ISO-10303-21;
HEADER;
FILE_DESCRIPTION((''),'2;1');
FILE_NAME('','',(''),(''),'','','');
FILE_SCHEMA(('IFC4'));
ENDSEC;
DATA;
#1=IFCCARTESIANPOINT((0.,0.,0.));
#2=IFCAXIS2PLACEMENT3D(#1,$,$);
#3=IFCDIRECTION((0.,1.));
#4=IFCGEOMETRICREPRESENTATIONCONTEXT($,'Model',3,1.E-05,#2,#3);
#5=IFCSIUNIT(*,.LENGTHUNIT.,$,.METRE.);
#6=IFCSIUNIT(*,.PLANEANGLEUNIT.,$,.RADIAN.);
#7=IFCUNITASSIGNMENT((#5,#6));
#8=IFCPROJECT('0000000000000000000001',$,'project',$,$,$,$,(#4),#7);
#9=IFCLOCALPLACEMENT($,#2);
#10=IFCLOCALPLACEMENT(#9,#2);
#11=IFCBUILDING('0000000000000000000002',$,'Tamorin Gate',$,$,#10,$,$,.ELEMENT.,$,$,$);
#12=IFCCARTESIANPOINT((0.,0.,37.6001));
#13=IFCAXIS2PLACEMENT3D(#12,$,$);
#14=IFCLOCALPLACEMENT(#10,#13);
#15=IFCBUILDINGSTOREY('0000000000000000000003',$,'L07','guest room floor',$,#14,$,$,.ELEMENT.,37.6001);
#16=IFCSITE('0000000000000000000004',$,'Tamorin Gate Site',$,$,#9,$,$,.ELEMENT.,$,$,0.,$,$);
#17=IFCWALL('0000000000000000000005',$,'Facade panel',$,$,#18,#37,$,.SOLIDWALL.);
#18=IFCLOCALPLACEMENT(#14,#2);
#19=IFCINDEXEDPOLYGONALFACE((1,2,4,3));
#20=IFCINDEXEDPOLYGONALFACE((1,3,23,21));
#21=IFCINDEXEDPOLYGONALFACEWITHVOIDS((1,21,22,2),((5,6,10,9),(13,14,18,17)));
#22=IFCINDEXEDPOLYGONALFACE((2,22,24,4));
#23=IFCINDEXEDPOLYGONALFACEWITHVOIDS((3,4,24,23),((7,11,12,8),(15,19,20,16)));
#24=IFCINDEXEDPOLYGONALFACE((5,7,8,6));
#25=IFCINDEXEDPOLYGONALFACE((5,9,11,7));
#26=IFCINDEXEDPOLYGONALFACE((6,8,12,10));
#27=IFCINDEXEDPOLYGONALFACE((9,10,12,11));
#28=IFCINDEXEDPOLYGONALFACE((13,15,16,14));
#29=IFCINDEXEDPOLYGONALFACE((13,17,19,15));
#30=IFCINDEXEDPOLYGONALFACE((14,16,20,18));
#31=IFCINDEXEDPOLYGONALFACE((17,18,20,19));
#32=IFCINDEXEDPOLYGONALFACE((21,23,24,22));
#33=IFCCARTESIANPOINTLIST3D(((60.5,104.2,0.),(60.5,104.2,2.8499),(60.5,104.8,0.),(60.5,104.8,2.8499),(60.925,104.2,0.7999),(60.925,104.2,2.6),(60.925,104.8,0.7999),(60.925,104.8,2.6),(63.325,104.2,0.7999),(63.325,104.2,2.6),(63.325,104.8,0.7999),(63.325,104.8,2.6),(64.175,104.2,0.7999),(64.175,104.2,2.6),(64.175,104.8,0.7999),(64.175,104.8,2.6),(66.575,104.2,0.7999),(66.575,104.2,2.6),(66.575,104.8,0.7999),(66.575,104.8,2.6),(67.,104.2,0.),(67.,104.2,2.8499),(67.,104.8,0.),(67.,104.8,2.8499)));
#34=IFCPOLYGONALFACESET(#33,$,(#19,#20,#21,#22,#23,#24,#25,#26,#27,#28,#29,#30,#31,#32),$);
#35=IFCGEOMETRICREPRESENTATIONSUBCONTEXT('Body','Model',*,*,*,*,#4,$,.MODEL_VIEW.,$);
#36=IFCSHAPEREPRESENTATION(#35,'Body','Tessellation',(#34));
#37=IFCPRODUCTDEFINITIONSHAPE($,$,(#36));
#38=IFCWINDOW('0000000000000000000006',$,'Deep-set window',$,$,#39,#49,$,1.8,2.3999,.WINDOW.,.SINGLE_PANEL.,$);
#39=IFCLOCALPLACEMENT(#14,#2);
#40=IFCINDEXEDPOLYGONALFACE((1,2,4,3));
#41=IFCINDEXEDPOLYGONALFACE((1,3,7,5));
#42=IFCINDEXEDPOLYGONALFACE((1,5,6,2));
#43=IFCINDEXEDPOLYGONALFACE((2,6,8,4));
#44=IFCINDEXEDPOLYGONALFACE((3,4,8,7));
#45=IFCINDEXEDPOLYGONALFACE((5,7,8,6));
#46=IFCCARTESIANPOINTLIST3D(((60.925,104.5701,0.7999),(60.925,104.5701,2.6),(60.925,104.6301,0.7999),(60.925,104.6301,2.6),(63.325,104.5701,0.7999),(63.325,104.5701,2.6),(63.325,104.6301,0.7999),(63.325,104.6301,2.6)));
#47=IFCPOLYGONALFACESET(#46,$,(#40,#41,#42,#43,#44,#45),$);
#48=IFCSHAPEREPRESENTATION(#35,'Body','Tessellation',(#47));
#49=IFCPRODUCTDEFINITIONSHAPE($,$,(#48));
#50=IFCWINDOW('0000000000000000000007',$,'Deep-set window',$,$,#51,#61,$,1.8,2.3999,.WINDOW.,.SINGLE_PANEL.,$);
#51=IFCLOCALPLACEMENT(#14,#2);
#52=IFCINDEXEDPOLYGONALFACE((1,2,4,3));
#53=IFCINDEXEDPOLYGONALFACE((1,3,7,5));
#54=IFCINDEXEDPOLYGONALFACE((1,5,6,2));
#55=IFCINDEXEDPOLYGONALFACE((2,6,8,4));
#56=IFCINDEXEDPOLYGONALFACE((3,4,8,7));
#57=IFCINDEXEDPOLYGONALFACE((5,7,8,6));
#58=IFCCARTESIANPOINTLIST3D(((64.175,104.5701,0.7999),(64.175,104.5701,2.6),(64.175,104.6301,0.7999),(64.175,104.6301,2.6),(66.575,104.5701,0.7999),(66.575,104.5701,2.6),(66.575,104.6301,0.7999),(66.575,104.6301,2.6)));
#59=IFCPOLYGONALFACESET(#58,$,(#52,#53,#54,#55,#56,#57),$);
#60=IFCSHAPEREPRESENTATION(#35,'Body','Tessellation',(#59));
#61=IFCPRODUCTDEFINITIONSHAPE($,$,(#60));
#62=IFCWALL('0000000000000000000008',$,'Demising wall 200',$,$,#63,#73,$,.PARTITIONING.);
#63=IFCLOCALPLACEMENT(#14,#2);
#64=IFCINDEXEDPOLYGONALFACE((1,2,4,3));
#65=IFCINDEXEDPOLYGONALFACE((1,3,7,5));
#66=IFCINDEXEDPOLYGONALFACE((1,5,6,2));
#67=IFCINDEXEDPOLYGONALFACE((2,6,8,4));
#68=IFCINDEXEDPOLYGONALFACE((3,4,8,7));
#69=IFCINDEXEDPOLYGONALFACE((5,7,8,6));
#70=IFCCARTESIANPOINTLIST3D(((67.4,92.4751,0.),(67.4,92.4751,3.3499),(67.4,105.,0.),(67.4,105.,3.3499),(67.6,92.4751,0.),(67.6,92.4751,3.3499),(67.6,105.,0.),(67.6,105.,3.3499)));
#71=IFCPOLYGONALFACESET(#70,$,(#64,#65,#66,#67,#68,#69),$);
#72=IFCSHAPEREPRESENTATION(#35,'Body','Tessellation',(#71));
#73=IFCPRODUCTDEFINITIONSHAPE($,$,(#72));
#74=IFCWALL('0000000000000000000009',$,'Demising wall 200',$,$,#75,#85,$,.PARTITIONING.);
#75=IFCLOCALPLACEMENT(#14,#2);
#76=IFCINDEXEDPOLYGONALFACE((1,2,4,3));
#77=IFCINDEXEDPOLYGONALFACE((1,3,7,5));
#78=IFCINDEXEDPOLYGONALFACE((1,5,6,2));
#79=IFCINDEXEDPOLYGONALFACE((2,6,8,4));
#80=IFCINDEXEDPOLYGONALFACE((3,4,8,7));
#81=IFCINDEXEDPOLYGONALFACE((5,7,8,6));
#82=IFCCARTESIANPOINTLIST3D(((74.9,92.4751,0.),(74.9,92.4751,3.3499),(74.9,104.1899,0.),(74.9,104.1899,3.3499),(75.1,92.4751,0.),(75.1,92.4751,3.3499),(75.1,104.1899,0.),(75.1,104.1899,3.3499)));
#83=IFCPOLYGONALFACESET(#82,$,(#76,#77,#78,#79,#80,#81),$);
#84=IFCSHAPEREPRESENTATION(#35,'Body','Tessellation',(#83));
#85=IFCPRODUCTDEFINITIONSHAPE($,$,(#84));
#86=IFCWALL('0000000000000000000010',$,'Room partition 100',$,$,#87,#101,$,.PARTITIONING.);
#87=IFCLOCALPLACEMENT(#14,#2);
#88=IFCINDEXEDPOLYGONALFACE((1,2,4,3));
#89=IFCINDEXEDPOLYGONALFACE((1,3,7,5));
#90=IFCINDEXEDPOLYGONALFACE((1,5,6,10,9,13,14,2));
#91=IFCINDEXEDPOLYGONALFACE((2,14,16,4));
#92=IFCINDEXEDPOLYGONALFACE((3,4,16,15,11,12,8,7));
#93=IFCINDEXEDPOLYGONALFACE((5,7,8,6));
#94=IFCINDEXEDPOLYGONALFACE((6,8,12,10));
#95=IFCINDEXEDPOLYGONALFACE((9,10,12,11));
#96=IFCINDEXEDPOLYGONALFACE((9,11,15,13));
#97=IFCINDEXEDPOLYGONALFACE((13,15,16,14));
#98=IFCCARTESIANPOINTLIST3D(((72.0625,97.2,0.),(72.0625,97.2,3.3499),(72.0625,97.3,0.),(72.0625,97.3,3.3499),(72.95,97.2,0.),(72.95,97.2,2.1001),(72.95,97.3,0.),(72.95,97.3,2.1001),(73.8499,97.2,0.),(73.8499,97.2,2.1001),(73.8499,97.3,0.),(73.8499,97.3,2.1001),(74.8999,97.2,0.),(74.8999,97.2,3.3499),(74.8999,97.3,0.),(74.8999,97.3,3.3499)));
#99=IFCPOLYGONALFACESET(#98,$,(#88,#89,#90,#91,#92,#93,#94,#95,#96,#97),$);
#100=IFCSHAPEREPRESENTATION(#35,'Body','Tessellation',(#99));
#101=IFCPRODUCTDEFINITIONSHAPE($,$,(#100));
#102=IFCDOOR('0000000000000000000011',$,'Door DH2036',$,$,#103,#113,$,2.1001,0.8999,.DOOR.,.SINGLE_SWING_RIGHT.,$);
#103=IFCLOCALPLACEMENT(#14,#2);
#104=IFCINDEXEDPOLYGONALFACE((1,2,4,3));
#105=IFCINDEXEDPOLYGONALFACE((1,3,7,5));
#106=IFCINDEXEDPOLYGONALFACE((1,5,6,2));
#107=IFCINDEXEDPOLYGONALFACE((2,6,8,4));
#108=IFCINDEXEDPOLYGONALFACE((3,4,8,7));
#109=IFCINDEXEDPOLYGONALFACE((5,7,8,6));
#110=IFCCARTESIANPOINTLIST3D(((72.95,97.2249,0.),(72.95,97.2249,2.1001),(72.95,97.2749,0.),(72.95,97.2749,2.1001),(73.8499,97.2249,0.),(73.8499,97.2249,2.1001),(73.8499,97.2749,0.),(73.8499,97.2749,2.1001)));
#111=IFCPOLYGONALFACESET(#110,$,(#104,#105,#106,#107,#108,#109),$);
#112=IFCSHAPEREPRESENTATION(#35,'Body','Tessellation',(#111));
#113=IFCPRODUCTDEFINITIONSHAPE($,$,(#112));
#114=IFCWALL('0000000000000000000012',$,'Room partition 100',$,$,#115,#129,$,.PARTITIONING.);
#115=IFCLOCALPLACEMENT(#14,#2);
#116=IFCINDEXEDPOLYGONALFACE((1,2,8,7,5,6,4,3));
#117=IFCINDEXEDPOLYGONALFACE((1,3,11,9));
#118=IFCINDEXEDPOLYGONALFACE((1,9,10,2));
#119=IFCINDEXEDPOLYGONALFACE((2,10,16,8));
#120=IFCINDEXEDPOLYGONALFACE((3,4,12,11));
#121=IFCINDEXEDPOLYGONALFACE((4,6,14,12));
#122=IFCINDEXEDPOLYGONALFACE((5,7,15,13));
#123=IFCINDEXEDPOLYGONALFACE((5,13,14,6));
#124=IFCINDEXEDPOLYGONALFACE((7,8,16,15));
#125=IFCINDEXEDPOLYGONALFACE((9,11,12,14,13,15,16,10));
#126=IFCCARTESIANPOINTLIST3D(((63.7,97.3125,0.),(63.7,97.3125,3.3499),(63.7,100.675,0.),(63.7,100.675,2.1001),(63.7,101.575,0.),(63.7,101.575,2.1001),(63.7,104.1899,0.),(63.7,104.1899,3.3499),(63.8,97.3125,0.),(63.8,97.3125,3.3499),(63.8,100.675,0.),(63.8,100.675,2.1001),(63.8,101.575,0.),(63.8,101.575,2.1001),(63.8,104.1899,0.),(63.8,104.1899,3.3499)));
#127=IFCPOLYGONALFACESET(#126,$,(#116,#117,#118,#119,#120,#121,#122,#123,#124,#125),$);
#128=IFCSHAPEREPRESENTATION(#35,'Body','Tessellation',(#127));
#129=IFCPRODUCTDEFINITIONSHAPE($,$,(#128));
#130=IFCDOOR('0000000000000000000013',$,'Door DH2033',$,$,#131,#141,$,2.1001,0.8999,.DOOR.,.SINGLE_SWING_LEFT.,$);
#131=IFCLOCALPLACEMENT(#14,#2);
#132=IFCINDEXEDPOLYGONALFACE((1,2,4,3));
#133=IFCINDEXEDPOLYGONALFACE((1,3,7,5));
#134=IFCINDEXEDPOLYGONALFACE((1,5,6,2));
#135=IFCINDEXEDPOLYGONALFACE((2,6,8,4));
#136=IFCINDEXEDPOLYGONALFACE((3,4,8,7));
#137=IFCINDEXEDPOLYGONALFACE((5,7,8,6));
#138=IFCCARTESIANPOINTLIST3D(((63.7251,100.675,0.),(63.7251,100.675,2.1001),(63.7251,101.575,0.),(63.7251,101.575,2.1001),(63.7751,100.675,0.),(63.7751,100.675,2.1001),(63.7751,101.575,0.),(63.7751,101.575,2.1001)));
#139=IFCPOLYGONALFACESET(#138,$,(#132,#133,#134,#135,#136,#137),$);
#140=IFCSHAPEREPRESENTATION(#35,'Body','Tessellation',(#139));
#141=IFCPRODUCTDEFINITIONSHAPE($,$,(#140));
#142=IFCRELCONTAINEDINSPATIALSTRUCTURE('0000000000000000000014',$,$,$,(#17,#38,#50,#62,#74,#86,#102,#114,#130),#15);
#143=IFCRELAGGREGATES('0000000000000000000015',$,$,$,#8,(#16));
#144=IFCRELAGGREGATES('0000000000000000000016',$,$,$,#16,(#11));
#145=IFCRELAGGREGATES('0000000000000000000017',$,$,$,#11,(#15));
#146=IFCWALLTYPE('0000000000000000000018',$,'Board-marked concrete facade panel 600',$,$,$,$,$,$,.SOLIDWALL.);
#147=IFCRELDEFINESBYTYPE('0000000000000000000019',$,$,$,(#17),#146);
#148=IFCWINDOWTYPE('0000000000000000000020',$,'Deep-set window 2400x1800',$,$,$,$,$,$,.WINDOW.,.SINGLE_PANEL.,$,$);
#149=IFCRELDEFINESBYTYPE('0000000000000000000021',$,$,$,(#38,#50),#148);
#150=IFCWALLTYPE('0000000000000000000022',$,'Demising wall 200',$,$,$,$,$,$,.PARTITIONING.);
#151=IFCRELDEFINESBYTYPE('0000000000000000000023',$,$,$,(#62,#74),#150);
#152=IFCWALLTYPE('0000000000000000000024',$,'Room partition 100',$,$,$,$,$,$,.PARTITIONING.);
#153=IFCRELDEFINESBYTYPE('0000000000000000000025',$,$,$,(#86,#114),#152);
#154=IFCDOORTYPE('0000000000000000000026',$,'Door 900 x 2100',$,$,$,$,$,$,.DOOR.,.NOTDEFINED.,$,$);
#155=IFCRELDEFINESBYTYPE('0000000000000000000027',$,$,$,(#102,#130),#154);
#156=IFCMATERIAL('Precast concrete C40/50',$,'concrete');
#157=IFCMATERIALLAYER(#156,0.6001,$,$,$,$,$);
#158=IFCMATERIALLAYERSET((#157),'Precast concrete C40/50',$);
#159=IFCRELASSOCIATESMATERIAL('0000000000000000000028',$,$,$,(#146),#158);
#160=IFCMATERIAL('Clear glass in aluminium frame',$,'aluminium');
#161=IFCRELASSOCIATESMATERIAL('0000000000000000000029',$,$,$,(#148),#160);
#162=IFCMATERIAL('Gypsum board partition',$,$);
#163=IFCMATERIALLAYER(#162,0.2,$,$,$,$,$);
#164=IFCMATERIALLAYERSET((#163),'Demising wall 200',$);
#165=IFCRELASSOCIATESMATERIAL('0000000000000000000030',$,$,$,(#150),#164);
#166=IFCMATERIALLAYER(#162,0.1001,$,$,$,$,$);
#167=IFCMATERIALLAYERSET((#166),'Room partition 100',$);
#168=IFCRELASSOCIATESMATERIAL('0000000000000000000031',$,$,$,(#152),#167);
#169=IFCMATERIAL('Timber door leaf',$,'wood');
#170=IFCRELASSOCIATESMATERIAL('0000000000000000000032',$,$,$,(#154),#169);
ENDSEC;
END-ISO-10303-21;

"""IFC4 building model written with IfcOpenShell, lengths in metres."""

from ifc_helpers import new_model, si_unit, direction, frame, frame_2d, origin, place, context, subcontext, project, spatial, rectangle, extrude, material, layer, layer_set, type_object, element, fill, save


model = new_model("IFC4")

# Units and contexts
model_context = context("Model", 3, precision=1e-05, world=origin(), true_north=direction((0.0, 1.0)))
body_context = subcontext(model_context, "Body", "Model", "MODEL_VIEW")
ifc_project = project(units=[si_unit("LENGTHUNIT", "METRE"), si_unit("PLANEANGLEUNIT", "RADIAN")], contexts=[model_context])

# Site, building, storey
site_placement = place(None, origin())
site = spatial("IfcSite", under=ifc_project, at=site_placement, Name="Tamorin Gate Site", CompositionType="ELEMENT", RefElevation=0.0)
building_placement = place(site_placement, origin())
building = spatial("IfcBuilding", under=site, at=building_placement, Name="Tamorin Gate", CompositionType="ELEMENT")
storey_placement = place(building_placement, frame((0.0, 0.0, 37.6001)))
storey = spatial("IfcBuildingStorey", under=building, at=storey_placement, Name="L07", Description="guest room floor", CompositionType="ELEMENT", Elevation=37.6001)

# Wall, openings, windows
ifc_material_1 = material(Name="Precast concrete C40/50", Category="concrete")
ifc_layer_1 = layer(ifc_material_1, 0.6001)
ifc_layer_set_1 = layer_set([ifc_layer_1], Name="Precast concrete C40/50")
wall_type_1 = type_object("IfcWallType", Name="Board-marked concrete facade panel 600", PredefinedType="SOLIDWALL", material=ifc_layer_set_1)
ifc_material_2 = material(Name="Clear glass in aluminium frame", Category="aluminium")
window_type = type_object("IfcWindowType", Name="Deep-set window 2400x1800", PartitioningType="SINGLE_PANEL", PredefinedType="WINDOW", material=ifc_material_2)
wall_1_placement = place(storey_placement, frame((67.0, 104.5, 0.0), z_axis=(0.0, 0.0, 1.0), x_axis=(-1.0, 0.0, 0.0)))
wall_1 = element("IfcWall", 1, at=wall_1_placement, inside=storey, type_object=wall_type_1, Name="Facade panel", PredefinedType="SOLIDWALL", context=body_context, shape_type="SweptSolid", body=[
    extrude(rectangle(XDim=6.5, YDim=0.6001, at=frame_2d((3.25, 0.0))), origin(), (0.0, 0.0, 1.0), 2.8499),
])
opening_1_placement = place(wall_1_placement, frame((3.675, 0.0, 0.8)))
opening_1 = element("IfcOpeningElement", 2, at=opening_1_placement, cuts=wall_1, PredefinedType="OPENING", context=body_context, shape_type="SweptSolid", body=[
    extrude(rectangle(XDim=2.3999, YDim=1.8, at=frame_2d((1.2, 0.8999))), frame((0.0, 0.3101, 0.0), z_axis=(0.0, -1.0, 0.0), x_axis=(1.0, 0.0, 0.0)), (0.0, 0.0, 1.0), 0.6201),
])
opening_2_placement = place(wall_1_placement, frame((0.425, 0.0, 0.8)))
opening_2 = element("IfcOpeningElement", 3, at=opening_2_placement, cuts=wall_1, PredefinedType="OPENING", context=body_context, shape_type="SweptSolid", body=[
    extrude(rectangle(XDim=2.3999, YDim=1.8, at=frame_2d((1.2, 0.8999))), frame((0.0, 0.3101, 0.0), z_axis=(0.0, -1.0, 0.0), x_axis=(1.0, 0.0, 0.0)), (0.0, 0.0, 1.0), 0.6201),
])
window_1_placement = place(opening_1_placement, origin())
window_1 = element("IfcWindow", 4, at=window_1_placement, inside=storey, type_object=window_type, Name="Deep-set window", OverallHeight=1.8, OverallWidth=2.3999, PartitioningType="SINGLE_PANEL", PredefinedType="WINDOW", context=body_context, shape_type="SweptSolid", body=[
    extrude(rectangle(XDim=2.3999, YDim=1.8, at=frame_2d((1.2, 0.8999))), frame((0.0, -0.0701, 0.0), z_axis=(0.0, -1.0, 0.0), x_axis=(1.0, 0.0, 0.0)), (0.0, 0.0, 1.0), 0.0601),
])
fill(opening_1, window_1)
window_2_placement = place(opening_2_placement, origin())
window_2 = element("IfcWindow", 5, at=window_2_placement, inside=storey, type_object=window_type, Name="Deep-set window", OverallHeight=1.8, OverallWidth=2.3999, PartitioningType="SINGLE_PANEL", PredefinedType="WINDOW", context=body_context, shape_type="SweptSolid", body=[
    extrude(rectangle(XDim=2.3999, YDim=1.8, at=frame_2d((1.2, 0.8999))), frame((0.0, -0.0701, 0.0), z_axis=(0.0, -1.0, 0.0), x_axis=(1.0, 0.0, 0.0)), (0.0, 0.0, 1.0), 0.0601),
])
fill(opening_2, window_2)

# Walls
ifc_material_3 = material(Name="Gypsum board partition")
ifc_layer_2 = layer(ifc_material_3, 0.2)
ifc_layer_set_2 = layer_set([ifc_layer_2], Name="Demising wall 200")
wall_type_2 = type_object("IfcWallType", Name="Demising wall 200", PredefinedType="PARTITIONING", material=ifc_layer_set_2)
wall_2_placement = place(storey_placement, frame((67.5, 92.4751, 0.0), z_axis=(0.0, 0.0, 1.0), x_axis=(0.0, 1.0, 0.0)))
element("IfcWall", 6, at=wall_2_placement, inside=storey, type_object=wall_type_2, Name="Demising wall 200", PredefinedType="PARTITIONING", context=body_context, shape_type="SweptSolid", body=[
    extrude(rectangle(XDim=12.5249, YDim=0.2, at=frame_2d((6.2625, 0.0))), origin(), (0.0, 0.0, 1.0), 3.3499),
])
wall_3_placement = place(storey_placement, frame((75.0, 92.4751, 0.0), z_axis=(0.0, 0.0, 1.0), x_axis=(0.0, 1.0, 0.0)))
element("IfcWall", 7, at=wall_3_placement, inside=storey, type_object=wall_type_2, Name="Demising wall 200", PredefinedType="PARTITIONING", context=body_context, shape_type="SweptSolid", body=[
    extrude(rectangle(XDim=11.7148, YDim=0.2, at=frame_2d((5.8574, 0.0))), origin(), (0.0, 0.0, 1.0), 3.3499),
])

# Walls, openings, doors
ifc_layer_3 = layer(ifc_material_3, 0.1001)
ifc_layer_set_3 = layer_set([ifc_layer_3], Name="Room partition 100")
wall_type_3 = type_object("IfcWallType", Name="Room partition 100", PredefinedType="PARTITIONING", material=ifc_layer_set_3)
wall_4_placement = place(storey_placement, frame((72.0625, 97.25, 0.0), z_axis=(0.0, 0.0, 1.0), x_axis=(1.0, 0.0, 0.0)))
wall_4 = element("IfcWall", 8, at=wall_4_placement, inside=storey, type_object=wall_type_3, Name="Room partition 100", PredefinedType="PARTITIONING", context=body_context, shape_type="SweptSolid", body=[
    extrude(rectangle(XDim=2.8374, YDim=0.1001, at=frame_2d((1.4187, 0.0))), origin(), (0.0, 0.0, 1.0), 3.3499),
])
opening_3_placement = place(wall_4_placement, frame((0.8875, 0.0, 0.0)))
opening_3 = element("IfcOpeningElement", 9, at=opening_3_placement, cuts=wall_4, PredefinedType="OPENING", context=body_context, shape_type="SweptSolid", body=[
    extrude(rectangle(XDim=0.8999, YDim=2.1001, at=frame_2d((0.45, 1.05))), frame((0.0, 0.0601, 0.0), z_axis=(0.0, -1.0, 0.0), x_axis=(1.0, 0.0, 0.0)), (0.0, 0.0, 1.0), 0.1201),
])
ifc_material_4 = material(Name="Timber door leaf", Category="wood")
door_type = type_object("IfcDoorType", Name="Door 900 x 2100", OperationType="NOTDEFINED", PredefinedType="DOOR", material=ifc_material_4)
door_1_placement = place(opening_3_placement, origin())
door_1 = element("IfcDoor", 10, at=door_1_placement, inside=storey, type_object=door_type, Name="Door DH2036", OperationType="SINGLE_SWING_RIGHT", OverallHeight=2.1001, OverallWidth=0.8999, PredefinedType="DOOR", context=body_context, shape_type="SweptSolid", body=[
    extrude(rectangle(XDim=0.8999, YDim=2.1001, at=frame_2d((0.45, 1.05))), frame((0.0, 0.0249, 0.0), z_axis=(0.0, -1.0, 0.0), x_axis=(1.0, 0.0, 0.0)), (0.0, 0.0, 1.0), 0.05),
])
fill(opening_3, door_1)
wall_5_placement = place(storey_placement, frame((63.75, 97.3125, 0.0), z_axis=(0.0, 0.0, 1.0), x_axis=(0.0, 1.0, 0.0)))
wall_5 = element("IfcWall", 11, at=wall_5_placement, inside=storey, type_object=wall_type_3, Name="Room partition 100", PredefinedType="PARTITIONING", context=body_context, shape_type="SweptSolid", body=[
    extrude(rectangle(XDim=6.8774, YDim=0.1001, at=frame_2d((3.4387, 0.0))), origin(), (0.0, 0.0, 1.0), 3.3499),
])
opening_4_placement = place(wall_5_placement, frame((3.3625, 0.0, 0.0)))
opening_4 = element("IfcOpeningElement", 12, at=opening_4_placement, cuts=wall_5, PredefinedType="OPENING", context=body_context, shape_type="SweptSolid", body=[
    extrude(rectangle(XDim=0.8999, YDim=2.1001, at=frame_2d((0.45, 1.05))), frame((0.0, 0.0601, 0.0), z_axis=(0.0, -1.0, 0.0), x_axis=(1.0, 0.0, 0.0)), (0.0, 0.0, 1.0), 0.1201),
])
door_2_placement = place(opening_4_placement, origin())
door_2 = element("IfcDoor", 13, at=door_2_placement, inside=storey, type_object=door_type, Name="Door DH2033", OperationType="SINGLE_SWING_LEFT", OverallHeight=2.1001, OverallWidth=0.8999, PredefinedType="DOOR", context=body_context, shape_type="SweptSolid", body=[
    extrude(rectangle(XDim=0.8999, YDim=2.1001, at=frame_2d((0.45, 1.05))), frame((0.0, 0.0249, 0.0), z_axis=(0.0, -1.0, 0.0), x_axis=(1.0, 0.0, 0.0)), (0.0, 0.0, 1.0), 0.05),
])
fill(opening_4, door_2)

save(model, "model.ifc")
